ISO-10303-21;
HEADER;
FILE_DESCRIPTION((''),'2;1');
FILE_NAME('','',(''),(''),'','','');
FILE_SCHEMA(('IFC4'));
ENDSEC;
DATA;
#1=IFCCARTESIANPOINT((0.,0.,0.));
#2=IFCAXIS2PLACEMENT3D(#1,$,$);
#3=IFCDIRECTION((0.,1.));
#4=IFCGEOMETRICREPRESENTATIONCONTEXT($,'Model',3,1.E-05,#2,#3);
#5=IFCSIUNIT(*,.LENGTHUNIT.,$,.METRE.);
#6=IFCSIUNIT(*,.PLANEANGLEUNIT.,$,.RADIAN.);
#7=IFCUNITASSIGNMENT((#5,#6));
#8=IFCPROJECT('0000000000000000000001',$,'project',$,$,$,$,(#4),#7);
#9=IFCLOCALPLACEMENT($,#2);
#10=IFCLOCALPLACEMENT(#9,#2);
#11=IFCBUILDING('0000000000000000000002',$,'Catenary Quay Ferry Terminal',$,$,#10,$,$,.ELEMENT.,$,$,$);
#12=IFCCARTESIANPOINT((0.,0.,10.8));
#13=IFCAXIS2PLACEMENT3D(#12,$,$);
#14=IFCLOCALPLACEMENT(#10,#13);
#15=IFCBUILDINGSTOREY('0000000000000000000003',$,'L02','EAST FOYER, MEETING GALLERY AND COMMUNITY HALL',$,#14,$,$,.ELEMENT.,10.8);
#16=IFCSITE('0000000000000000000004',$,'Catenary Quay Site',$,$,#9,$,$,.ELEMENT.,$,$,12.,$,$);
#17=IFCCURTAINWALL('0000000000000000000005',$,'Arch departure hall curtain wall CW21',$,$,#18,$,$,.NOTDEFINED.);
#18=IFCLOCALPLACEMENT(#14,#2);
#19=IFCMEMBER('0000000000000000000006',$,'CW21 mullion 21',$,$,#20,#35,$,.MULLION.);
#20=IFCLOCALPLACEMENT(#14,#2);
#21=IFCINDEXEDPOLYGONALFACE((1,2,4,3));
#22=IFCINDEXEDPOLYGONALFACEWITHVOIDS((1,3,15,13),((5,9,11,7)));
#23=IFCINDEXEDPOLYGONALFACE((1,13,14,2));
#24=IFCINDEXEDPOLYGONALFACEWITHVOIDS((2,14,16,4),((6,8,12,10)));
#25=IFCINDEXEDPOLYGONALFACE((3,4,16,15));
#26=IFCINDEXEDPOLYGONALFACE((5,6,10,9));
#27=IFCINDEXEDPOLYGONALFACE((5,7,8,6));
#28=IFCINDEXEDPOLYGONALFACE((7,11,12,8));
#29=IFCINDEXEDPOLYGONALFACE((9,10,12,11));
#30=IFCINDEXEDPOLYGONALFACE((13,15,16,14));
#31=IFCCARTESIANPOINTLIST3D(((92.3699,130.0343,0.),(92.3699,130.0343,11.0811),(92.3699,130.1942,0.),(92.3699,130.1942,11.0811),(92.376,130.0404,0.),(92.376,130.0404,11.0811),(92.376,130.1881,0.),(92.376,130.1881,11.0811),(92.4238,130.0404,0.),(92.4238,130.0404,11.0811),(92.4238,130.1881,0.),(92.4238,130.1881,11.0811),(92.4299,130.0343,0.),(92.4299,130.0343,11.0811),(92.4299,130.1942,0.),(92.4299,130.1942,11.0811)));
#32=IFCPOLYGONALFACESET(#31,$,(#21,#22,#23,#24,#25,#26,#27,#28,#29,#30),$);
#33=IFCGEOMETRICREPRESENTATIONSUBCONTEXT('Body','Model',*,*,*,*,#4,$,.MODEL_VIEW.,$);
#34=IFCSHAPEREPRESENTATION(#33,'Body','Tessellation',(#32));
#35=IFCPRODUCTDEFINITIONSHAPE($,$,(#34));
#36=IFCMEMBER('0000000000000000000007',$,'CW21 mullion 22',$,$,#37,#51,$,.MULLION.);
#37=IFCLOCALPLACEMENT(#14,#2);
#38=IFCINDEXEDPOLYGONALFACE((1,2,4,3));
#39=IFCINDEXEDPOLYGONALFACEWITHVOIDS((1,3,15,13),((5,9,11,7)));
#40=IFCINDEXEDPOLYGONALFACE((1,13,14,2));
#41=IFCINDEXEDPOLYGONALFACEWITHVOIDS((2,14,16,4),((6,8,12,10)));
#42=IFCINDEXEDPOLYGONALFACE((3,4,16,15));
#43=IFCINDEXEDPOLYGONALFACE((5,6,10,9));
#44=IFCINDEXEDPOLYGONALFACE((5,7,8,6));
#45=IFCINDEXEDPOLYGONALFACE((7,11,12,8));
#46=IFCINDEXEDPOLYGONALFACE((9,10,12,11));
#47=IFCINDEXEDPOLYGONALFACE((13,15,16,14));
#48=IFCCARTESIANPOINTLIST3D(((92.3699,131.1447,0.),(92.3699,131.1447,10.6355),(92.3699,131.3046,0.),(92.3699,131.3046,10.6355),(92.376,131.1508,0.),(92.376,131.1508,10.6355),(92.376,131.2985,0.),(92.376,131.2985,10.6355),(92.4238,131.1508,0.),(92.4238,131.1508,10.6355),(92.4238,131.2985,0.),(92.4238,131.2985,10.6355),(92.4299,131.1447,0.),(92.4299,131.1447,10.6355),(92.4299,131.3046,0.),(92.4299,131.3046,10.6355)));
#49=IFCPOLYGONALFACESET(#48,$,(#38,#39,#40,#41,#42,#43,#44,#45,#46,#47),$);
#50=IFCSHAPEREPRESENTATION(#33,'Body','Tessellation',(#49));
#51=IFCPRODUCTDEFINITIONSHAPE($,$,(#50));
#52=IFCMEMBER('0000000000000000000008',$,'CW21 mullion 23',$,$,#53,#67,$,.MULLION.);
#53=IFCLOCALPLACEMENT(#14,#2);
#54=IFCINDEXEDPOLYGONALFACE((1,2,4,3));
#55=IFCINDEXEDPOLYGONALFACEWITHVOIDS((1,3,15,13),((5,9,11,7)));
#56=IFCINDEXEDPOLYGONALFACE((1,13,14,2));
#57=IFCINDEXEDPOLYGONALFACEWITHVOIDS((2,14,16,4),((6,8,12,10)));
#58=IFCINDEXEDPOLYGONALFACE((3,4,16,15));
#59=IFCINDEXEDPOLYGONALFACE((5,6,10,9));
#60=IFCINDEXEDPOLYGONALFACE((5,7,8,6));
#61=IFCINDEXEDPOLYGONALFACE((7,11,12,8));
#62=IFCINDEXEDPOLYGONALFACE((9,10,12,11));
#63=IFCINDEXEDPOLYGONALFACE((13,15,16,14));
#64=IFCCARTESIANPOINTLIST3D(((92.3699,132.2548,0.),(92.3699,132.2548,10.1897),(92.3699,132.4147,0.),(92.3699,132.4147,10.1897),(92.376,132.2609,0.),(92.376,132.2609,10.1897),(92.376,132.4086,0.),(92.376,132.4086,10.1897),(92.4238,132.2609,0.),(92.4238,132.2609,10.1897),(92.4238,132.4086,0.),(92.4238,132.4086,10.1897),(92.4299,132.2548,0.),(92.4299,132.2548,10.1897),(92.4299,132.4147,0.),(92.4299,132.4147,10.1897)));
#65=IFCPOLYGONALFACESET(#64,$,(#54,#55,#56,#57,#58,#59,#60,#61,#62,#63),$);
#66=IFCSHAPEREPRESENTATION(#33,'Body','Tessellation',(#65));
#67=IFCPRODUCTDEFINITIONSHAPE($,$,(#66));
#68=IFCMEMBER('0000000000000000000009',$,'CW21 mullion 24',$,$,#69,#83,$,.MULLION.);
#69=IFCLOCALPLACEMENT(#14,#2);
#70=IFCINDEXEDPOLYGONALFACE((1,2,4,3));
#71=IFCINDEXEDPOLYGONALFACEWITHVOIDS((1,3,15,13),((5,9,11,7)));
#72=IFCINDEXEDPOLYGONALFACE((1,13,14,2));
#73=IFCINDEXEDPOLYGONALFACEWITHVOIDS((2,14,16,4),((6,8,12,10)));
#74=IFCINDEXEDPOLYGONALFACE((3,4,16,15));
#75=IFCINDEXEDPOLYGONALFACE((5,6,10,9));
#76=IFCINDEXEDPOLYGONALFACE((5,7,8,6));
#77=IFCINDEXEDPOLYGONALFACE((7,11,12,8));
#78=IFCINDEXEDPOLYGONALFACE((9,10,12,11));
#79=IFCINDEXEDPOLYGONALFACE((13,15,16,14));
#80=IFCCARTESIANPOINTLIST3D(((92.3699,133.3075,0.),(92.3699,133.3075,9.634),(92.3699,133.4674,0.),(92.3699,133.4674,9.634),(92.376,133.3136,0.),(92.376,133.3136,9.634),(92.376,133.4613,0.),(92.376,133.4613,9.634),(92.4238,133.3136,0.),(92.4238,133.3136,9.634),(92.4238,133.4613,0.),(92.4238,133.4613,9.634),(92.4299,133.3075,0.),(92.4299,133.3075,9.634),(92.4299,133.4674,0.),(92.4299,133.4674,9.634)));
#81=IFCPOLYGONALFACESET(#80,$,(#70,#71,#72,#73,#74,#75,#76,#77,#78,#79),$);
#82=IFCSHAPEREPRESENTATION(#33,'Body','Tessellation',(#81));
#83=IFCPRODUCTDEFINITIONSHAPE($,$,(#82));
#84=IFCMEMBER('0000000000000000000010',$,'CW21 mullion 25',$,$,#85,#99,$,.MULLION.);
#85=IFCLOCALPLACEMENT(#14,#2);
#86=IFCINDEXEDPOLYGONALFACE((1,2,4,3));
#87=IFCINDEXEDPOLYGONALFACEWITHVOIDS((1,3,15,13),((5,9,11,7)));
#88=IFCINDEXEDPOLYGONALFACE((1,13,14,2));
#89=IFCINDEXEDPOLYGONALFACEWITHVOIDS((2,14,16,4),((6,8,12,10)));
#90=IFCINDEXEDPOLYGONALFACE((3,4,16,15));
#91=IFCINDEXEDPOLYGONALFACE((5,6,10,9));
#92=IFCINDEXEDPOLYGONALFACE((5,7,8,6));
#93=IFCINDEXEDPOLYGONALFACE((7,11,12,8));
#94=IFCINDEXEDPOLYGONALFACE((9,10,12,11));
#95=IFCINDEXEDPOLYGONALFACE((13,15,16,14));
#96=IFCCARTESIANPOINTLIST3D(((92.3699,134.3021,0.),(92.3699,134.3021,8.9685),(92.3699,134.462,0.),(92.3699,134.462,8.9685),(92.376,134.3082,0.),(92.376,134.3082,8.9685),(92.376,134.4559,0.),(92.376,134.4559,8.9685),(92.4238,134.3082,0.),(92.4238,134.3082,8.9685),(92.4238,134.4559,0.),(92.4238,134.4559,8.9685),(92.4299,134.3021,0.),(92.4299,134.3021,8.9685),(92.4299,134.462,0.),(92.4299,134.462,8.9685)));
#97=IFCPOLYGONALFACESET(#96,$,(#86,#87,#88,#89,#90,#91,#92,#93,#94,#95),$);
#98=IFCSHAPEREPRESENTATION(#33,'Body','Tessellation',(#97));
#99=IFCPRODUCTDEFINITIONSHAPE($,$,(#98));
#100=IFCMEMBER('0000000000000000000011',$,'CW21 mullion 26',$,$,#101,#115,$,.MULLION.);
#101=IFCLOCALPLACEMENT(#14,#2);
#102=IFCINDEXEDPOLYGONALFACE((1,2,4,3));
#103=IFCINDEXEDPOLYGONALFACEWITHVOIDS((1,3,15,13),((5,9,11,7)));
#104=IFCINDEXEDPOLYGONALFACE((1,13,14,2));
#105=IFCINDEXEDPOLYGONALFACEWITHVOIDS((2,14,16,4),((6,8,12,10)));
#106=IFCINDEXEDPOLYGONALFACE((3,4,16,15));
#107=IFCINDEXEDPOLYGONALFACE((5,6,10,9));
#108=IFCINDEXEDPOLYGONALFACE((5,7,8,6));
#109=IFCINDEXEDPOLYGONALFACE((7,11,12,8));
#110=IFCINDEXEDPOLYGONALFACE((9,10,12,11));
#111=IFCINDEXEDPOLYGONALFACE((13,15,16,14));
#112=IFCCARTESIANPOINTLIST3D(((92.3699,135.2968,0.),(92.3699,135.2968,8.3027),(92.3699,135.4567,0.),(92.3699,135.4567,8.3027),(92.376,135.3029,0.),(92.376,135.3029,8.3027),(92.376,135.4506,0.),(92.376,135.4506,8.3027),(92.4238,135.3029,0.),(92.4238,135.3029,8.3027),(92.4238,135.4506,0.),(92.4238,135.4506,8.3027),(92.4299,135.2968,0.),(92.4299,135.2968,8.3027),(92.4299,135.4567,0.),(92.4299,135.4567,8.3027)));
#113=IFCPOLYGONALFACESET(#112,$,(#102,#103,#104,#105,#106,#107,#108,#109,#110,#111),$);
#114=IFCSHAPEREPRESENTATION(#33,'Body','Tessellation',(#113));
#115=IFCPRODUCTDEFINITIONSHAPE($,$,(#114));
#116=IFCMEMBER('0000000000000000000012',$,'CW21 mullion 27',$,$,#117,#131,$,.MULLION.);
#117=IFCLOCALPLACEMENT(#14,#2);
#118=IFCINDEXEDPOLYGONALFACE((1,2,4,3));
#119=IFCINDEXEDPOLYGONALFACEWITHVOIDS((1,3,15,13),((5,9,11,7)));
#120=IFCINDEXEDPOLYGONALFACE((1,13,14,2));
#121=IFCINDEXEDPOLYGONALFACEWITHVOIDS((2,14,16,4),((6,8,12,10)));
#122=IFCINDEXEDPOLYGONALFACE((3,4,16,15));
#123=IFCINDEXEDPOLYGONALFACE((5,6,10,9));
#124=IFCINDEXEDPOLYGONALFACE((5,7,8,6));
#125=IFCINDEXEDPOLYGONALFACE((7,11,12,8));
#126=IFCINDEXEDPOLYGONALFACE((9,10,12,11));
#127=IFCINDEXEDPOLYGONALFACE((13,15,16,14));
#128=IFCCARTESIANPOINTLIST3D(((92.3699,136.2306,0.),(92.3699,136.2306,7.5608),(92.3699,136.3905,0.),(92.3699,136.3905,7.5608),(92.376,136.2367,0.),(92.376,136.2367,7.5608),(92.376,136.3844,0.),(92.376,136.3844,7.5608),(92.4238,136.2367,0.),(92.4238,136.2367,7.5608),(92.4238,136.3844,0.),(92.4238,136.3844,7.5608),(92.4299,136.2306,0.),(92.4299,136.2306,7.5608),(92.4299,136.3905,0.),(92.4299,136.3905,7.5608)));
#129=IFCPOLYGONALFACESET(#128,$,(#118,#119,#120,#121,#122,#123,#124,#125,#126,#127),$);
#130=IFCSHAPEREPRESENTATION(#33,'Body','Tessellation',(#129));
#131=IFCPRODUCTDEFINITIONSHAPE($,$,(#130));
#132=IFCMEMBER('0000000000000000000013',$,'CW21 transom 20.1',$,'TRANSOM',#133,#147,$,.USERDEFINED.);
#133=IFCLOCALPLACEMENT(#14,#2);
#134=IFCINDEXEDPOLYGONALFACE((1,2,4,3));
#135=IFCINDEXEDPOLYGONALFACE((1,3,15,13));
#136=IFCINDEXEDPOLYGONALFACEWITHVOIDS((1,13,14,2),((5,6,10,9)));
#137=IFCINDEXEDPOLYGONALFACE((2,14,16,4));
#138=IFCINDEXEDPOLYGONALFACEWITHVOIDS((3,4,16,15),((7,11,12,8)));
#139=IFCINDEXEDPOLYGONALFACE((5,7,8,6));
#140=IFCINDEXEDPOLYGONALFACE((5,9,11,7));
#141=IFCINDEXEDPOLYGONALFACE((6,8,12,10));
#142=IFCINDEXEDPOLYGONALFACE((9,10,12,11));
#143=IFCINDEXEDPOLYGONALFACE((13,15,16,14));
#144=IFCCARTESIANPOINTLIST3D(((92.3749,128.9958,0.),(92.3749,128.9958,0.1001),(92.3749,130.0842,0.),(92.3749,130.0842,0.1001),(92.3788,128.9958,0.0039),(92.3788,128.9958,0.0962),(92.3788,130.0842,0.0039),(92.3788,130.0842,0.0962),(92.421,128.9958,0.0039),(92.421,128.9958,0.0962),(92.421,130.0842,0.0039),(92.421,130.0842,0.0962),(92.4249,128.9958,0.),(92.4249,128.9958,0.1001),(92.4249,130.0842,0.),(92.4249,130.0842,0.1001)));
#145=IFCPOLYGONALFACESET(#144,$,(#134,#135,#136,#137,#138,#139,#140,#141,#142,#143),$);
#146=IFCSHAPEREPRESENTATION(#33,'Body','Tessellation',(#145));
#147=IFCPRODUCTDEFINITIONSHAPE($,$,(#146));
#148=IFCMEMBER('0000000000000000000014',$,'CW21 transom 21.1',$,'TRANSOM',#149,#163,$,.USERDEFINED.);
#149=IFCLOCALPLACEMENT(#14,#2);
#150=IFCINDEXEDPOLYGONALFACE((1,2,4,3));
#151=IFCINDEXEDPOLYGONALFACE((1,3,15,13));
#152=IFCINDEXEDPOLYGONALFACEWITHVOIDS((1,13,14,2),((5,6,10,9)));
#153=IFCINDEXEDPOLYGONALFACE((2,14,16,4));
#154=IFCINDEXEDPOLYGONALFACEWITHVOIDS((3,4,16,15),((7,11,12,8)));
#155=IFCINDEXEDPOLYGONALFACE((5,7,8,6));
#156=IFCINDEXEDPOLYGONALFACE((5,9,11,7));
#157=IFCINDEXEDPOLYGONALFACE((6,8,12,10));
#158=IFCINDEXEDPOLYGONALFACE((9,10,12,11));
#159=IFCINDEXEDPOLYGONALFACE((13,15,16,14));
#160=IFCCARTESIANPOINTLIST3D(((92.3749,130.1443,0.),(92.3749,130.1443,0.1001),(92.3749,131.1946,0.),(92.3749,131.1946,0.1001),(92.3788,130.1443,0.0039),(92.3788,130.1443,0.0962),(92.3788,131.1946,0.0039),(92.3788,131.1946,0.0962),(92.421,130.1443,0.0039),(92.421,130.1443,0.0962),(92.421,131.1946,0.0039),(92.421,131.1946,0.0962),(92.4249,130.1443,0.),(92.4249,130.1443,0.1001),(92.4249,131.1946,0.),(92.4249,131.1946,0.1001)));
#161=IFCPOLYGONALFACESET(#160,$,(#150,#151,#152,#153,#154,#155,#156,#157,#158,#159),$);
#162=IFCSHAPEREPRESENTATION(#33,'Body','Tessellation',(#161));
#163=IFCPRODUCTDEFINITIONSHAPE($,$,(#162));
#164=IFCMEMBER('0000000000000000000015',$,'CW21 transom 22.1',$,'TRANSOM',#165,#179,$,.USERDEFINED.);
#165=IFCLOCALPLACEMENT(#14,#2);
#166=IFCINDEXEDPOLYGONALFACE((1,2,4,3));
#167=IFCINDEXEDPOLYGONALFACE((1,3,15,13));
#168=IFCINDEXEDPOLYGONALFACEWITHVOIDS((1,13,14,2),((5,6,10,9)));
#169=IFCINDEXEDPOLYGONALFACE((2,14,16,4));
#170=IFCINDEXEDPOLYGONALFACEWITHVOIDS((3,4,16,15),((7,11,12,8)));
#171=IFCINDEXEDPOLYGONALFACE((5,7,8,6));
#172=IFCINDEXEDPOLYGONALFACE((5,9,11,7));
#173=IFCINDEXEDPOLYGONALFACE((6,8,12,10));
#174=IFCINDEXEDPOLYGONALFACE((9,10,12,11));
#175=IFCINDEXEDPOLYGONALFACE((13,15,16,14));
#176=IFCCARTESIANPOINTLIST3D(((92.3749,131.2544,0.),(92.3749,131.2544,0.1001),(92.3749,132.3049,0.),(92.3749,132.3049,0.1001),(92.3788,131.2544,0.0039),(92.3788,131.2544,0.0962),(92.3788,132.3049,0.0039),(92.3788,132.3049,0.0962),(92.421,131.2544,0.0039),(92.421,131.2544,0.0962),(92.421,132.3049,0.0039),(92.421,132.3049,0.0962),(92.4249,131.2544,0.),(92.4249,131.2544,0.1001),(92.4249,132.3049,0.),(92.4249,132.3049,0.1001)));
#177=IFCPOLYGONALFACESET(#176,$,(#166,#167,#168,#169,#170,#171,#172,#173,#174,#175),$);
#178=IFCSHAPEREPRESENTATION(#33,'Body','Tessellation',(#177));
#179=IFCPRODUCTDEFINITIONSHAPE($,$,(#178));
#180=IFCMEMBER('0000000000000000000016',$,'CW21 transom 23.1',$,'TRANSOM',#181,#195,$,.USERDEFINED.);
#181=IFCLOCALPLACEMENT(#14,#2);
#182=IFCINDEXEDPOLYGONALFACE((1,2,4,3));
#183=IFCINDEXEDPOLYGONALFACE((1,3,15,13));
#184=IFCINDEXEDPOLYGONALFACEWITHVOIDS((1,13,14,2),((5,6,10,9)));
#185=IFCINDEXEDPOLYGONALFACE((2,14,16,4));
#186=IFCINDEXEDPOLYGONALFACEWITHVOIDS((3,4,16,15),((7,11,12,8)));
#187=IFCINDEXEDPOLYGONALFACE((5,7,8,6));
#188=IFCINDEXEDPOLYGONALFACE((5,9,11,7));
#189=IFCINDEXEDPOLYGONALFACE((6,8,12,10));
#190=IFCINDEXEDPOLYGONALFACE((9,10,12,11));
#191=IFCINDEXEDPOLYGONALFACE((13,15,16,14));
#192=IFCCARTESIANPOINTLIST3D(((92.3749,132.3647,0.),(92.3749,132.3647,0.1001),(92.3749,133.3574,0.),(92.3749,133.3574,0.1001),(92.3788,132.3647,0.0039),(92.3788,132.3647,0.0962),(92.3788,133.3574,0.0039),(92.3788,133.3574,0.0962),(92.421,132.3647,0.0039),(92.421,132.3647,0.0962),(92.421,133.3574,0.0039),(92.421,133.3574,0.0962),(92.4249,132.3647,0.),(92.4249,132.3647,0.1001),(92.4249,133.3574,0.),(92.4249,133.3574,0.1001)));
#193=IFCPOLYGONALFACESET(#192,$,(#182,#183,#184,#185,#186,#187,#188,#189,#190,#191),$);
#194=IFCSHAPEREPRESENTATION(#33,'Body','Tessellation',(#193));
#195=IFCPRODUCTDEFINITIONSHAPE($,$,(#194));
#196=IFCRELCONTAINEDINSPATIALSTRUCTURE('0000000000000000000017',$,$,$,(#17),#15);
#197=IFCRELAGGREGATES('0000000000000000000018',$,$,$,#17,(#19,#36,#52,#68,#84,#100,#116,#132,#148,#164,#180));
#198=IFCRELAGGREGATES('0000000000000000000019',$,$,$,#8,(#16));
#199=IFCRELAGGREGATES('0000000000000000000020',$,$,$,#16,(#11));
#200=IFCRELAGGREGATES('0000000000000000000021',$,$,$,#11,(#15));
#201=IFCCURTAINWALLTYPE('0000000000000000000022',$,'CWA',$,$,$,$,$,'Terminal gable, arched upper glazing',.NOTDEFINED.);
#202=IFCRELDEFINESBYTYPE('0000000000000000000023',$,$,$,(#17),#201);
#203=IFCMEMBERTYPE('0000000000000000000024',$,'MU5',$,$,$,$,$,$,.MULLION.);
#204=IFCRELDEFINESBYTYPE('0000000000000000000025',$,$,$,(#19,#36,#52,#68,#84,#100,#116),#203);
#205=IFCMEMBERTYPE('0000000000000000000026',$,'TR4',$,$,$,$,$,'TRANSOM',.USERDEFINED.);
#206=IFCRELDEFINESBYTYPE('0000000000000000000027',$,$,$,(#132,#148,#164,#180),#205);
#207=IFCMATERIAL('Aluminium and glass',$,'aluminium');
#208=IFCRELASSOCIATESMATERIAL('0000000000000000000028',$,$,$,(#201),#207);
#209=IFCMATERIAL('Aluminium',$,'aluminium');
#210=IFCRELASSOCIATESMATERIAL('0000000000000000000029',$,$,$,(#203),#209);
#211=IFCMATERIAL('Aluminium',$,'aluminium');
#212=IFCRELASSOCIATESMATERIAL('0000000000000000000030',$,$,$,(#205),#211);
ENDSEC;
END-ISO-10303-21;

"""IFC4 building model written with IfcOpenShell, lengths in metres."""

from ifc_helpers import new_model, si_unit, direction, frame, origin, origin_2d, place, context, subcontext, project, spatial, hollow_rectangle, extrude, material, material_profile, profile_set, type_object, element, aggregate, save


model = new_model("IFC4")

# Units and contexts
model_context = context("Model", 3, precision=1e-05, world=origin(), true_north=direction((0.0, 1.0)))
body_context = subcontext(model_context, "Body", "Model", "MODEL_VIEW")
ifc_project = project(units=[si_unit("LENGTHUNIT", "METRE"), si_unit("PLANEANGLEUNIT", "RADIAN")], contexts=[model_context])

# Site, building, storey
site_placement = place(None, origin())
site = spatial("IfcSite", under=ifc_project, at=site_placement, Name="Catenary Quay Site", CompositionType="ELEMENT", RefElevation=12.0)
building_placement = place(site_placement, origin())
building = spatial("IfcBuilding", under=site, at=building_placement, Name="Catenary Quay Ferry Terminal", CompositionType="ELEMENT")
storey_placement = place(building_placement, frame((0.0, 0.0, 10.8)))
storey = spatial("IfcBuildingStorey", under=building, at=storey_placement, Name="L02", Description="EAST FOYER, MEETING GALLERY AND COMMUNITY HALL", CompositionType="ELEMENT", Elevation=10.8)

# Curtain wall, members
ifc_material_1 = material(Name="Aluminium and glass", Category="aluminium")
curtain_wall_type = type_object("IfcCurtainWallType", Name="CWA", ElementType="Terminal gable, arched upper glazing", PredefinedType="NOTDEFINED", material=ifc_material_1)
curtain_wall_placement = place(storey_placement, origin())
curtain_wall = element("IfcCurtainWall", 1, at=curtain_wall_placement, inside=storey, type_object=curtain_wall_type, Name="Arch departure hall curtain wall CW21", PredefinedType="NOTDEFINED")
ifc_material_2 = material(Name="Aluminium", Category="aluminium")
ifc_material_profile_1 = material_profile(ifc_material_2, hollow_rectangle(XDim=0.0601, YDim=0.1599, WallThickness=0.0061, at=origin_2d()), Name="MU5")
ifc_profile_set_1 = profile_set([ifc_material_profile_1], Name="Aluminium")
member_type_1 = type_object("IfcMemberType", Name="MU5", PredefinedType="MULLION", material=ifc_profile_set_1)
member_1_placement = place(storey_placement, frame((92.3999, 130.1143, 0.0), z_axis=(0.0, 0.0, 1.0), x_axis=(-1.0, 0.0, 0.0)))
member_1 = element("IfcMember", 2, at=member_1_placement, type_object=member_type_1, Name="CW21 mullion 21", PredefinedType="MULLION", context=body_context, shape_type="SweptSolid", body=[
    extrude(hollow_rectangle(XDim=0.0601, YDim=0.1599, WallThickness=0.0061, at=origin_2d()), origin(), (0.0, 0.0, 1.0), 11.0811),
])
member_2_placement = place(storey_placement, frame((92.3999, 131.2246, 0.0), z_axis=(0.0, 0.0, 1.0), x_axis=(-1.0, 0.0, 0.0)))
member_2 = element("IfcMember", 3, at=member_2_placement, type_object=member_type_1, Name="CW21 mullion 22", PredefinedType="MULLION", context=body_context, shape_type="SweptSolid", body=[
    extrude(hollow_rectangle(XDim=0.0601, YDim=0.1599, WallThickness=0.0061, at=origin_2d()), origin(), (0.0, 0.0, 1.0), 10.6355),
])
member_3_placement = place(storey_placement, frame((92.3999, 132.3347, 0.0), z_axis=(0.0, 0.0, 1.0), x_axis=(-1.0, 0.0, 0.0)))
member_3 = element("IfcMember", 4, at=member_3_placement, type_object=member_type_1, Name="CW21 mullion 23", PredefinedType="MULLION", context=body_context, shape_type="SweptSolid", body=[
    extrude(hollow_rectangle(XDim=0.0601, YDim=0.1599, WallThickness=0.0061, at=origin_2d()), origin(), (0.0, 0.0, 1.0), 10.1897),
])
member_4_placement = place(storey_placement, frame((92.3999, 133.3875, 0.0), z_axis=(0.0, 0.0, 1.0), x_axis=(-1.0, 0.0, 0.0)))
member_4 = element("IfcMember", 5, at=member_4_placement, type_object=member_type_1, Name="CW21 mullion 24", PredefinedType="MULLION", context=body_context, shape_type="SweptSolid", body=[
    extrude(hollow_rectangle(XDim=0.0601, YDim=0.1599, WallThickness=0.0061, at=origin_2d()), origin(), (0.0, 0.0, 1.0), 9.634),
])
member_5_placement = place(storey_placement, frame((92.3999, 134.3821, 0.0), z_axis=(0.0, 0.0, 1.0), x_axis=(-1.0, 0.0, 0.0)))
member_5 = element("IfcMember", 6, at=member_5_placement, type_object=member_type_1, Name="CW21 mullion 25", PredefinedType="MULLION", context=body_context, shape_type="SweptSolid", body=[
    extrude(hollow_rectangle(XDim=0.0601, YDim=0.1599, WallThickness=0.0061, at=origin_2d()), origin(), (0.0, 0.0, 1.0), 8.9685),
])
member_6_placement = place(storey_placement, frame((92.3999, 135.3767, 0.0), z_axis=(0.0, 0.0, 1.0), x_axis=(-1.0, 0.0, 0.0)))
member_6 = element("IfcMember", 7, at=member_6_placement, type_object=member_type_1, Name="CW21 mullion 26", PredefinedType="MULLION", context=body_context, shape_type="SweptSolid", body=[
    extrude(hollow_rectangle(XDim=0.0601, YDim=0.1599, WallThickness=0.0061, at=origin_2d()), origin(), (0.0, 0.0, 1.0), 8.3027),
])
member_7_placement = place(storey_placement, frame((92.3999, 136.3105, 0.0), z_axis=(0.0, 0.0, 1.0), x_axis=(-1.0, 0.0, 0.0)))
member_7 = element("IfcMember", 8, at=member_7_placement, type_object=member_type_1, Name="CW21 mullion 27", PredefinedType="MULLION", context=body_context, shape_type="SweptSolid", body=[
    extrude(hollow_rectangle(XDim=0.0601, YDim=0.1599, WallThickness=0.0061, at=origin_2d()), origin(), (0.0, 0.0, 1.0), 7.5608),
])
ifc_material_3 = material(Name="Aluminium", Category="aluminium")
ifc_material_profile_2 = material_profile(ifc_material_3, hollow_rectangle(XDim=0.05, YDim=0.1001, WallThickness=0.0039, at=origin_2d()), Name="TR4")
ifc_profile_set_2 = profile_set([ifc_material_profile_2], Name="Aluminium")
member_type_2 = type_object("IfcMemberType", Name="TR4", ElementType="TRANSOM", PredefinedType="USERDEFINED", material=ifc_profile_set_2)
member_8_placement = place(storey_placement, frame((92.3999, 128.9958, 0.05), z_axis=(0.0, 1.0, 0.0), x_axis=(-1.0, 0.0, 0.0)))
member_8 = element("IfcMember", 9, at=member_8_placement, type_object=member_type_2, Name="CW21 transom 20.1", ObjectType="TRANSOM", PredefinedType="USERDEFINED", context=body_context, shape_type="SweptSolid", body=[
    extrude(hollow_rectangle(XDim=0.05, YDim=0.1001, WallThickness=0.0039, at=origin_2d()), origin(), (0.0, 0.0, 1.0), 1.0884),
])
member_9_placement = place(storey_placement, frame((92.3999, 130.1443, 0.05), z_axis=(0.0, 1.0, 0.0), x_axis=(-1.0, 0.0, 0.0)))
member_9 = element("IfcMember", 10, at=member_9_placement, type_object=member_type_2, Name="CW21 transom 21.1", ObjectType="TRANSOM", PredefinedType="USERDEFINED", context=body_context, shape_type="SweptSolid", body=[
    extrude(hollow_rectangle(XDim=0.05, YDim=0.1001, WallThickness=0.0039, at=origin_2d()), origin(), (0.0, 0.0, 1.0), 1.0503),
])
member_10_placement = place(storey_placement, frame((92.3999, 131.2544, 0.05), z_axis=(0.0, 1.0, 0.0), x_axis=(-1.0, 0.0, 0.0)))
member_10 = element("IfcMember", 11, at=member_10_placement, type_object=member_type_2, Name="CW21 transom 22.1", ObjectType="TRANSOM", PredefinedType="USERDEFINED", context=body_context, shape_type="SweptSolid", body=[
    extrude(hollow_rectangle(XDim=0.05, YDim=0.1001, WallThickness=0.0039, at=origin_2d()), origin(), (0.0, 0.0, 1.0), 1.0505),
])
member_11_placement = place(storey_placement, frame((92.3999, 132.3647, 0.05), z_axis=(0.0, 1.0, 0.0), x_axis=(-1.0, 0.0, 0.0)))
member_11 = element("IfcMember", 12, at=member_11_placement, type_object=member_type_2, Name="CW21 transom 23.1", ObjectType="TRANSOM", PredefinedType="USERDEFINED", context=body_context, shape_type="SweptSolid", body=[
    extrude(hollow_rectangle(XDim=0.05, YDim=0.1001, WallThickness=0.0039, at=origin_2d()), origin(), (0.0, 0.0, 1.0), 0.9927),
])
aggregate(curtain_wall, [member_1, member_2, member_3, member_4, member_5, member_6, member_7, member_8, member_9, member_10, member_11])

save(model, "model.ifc")
